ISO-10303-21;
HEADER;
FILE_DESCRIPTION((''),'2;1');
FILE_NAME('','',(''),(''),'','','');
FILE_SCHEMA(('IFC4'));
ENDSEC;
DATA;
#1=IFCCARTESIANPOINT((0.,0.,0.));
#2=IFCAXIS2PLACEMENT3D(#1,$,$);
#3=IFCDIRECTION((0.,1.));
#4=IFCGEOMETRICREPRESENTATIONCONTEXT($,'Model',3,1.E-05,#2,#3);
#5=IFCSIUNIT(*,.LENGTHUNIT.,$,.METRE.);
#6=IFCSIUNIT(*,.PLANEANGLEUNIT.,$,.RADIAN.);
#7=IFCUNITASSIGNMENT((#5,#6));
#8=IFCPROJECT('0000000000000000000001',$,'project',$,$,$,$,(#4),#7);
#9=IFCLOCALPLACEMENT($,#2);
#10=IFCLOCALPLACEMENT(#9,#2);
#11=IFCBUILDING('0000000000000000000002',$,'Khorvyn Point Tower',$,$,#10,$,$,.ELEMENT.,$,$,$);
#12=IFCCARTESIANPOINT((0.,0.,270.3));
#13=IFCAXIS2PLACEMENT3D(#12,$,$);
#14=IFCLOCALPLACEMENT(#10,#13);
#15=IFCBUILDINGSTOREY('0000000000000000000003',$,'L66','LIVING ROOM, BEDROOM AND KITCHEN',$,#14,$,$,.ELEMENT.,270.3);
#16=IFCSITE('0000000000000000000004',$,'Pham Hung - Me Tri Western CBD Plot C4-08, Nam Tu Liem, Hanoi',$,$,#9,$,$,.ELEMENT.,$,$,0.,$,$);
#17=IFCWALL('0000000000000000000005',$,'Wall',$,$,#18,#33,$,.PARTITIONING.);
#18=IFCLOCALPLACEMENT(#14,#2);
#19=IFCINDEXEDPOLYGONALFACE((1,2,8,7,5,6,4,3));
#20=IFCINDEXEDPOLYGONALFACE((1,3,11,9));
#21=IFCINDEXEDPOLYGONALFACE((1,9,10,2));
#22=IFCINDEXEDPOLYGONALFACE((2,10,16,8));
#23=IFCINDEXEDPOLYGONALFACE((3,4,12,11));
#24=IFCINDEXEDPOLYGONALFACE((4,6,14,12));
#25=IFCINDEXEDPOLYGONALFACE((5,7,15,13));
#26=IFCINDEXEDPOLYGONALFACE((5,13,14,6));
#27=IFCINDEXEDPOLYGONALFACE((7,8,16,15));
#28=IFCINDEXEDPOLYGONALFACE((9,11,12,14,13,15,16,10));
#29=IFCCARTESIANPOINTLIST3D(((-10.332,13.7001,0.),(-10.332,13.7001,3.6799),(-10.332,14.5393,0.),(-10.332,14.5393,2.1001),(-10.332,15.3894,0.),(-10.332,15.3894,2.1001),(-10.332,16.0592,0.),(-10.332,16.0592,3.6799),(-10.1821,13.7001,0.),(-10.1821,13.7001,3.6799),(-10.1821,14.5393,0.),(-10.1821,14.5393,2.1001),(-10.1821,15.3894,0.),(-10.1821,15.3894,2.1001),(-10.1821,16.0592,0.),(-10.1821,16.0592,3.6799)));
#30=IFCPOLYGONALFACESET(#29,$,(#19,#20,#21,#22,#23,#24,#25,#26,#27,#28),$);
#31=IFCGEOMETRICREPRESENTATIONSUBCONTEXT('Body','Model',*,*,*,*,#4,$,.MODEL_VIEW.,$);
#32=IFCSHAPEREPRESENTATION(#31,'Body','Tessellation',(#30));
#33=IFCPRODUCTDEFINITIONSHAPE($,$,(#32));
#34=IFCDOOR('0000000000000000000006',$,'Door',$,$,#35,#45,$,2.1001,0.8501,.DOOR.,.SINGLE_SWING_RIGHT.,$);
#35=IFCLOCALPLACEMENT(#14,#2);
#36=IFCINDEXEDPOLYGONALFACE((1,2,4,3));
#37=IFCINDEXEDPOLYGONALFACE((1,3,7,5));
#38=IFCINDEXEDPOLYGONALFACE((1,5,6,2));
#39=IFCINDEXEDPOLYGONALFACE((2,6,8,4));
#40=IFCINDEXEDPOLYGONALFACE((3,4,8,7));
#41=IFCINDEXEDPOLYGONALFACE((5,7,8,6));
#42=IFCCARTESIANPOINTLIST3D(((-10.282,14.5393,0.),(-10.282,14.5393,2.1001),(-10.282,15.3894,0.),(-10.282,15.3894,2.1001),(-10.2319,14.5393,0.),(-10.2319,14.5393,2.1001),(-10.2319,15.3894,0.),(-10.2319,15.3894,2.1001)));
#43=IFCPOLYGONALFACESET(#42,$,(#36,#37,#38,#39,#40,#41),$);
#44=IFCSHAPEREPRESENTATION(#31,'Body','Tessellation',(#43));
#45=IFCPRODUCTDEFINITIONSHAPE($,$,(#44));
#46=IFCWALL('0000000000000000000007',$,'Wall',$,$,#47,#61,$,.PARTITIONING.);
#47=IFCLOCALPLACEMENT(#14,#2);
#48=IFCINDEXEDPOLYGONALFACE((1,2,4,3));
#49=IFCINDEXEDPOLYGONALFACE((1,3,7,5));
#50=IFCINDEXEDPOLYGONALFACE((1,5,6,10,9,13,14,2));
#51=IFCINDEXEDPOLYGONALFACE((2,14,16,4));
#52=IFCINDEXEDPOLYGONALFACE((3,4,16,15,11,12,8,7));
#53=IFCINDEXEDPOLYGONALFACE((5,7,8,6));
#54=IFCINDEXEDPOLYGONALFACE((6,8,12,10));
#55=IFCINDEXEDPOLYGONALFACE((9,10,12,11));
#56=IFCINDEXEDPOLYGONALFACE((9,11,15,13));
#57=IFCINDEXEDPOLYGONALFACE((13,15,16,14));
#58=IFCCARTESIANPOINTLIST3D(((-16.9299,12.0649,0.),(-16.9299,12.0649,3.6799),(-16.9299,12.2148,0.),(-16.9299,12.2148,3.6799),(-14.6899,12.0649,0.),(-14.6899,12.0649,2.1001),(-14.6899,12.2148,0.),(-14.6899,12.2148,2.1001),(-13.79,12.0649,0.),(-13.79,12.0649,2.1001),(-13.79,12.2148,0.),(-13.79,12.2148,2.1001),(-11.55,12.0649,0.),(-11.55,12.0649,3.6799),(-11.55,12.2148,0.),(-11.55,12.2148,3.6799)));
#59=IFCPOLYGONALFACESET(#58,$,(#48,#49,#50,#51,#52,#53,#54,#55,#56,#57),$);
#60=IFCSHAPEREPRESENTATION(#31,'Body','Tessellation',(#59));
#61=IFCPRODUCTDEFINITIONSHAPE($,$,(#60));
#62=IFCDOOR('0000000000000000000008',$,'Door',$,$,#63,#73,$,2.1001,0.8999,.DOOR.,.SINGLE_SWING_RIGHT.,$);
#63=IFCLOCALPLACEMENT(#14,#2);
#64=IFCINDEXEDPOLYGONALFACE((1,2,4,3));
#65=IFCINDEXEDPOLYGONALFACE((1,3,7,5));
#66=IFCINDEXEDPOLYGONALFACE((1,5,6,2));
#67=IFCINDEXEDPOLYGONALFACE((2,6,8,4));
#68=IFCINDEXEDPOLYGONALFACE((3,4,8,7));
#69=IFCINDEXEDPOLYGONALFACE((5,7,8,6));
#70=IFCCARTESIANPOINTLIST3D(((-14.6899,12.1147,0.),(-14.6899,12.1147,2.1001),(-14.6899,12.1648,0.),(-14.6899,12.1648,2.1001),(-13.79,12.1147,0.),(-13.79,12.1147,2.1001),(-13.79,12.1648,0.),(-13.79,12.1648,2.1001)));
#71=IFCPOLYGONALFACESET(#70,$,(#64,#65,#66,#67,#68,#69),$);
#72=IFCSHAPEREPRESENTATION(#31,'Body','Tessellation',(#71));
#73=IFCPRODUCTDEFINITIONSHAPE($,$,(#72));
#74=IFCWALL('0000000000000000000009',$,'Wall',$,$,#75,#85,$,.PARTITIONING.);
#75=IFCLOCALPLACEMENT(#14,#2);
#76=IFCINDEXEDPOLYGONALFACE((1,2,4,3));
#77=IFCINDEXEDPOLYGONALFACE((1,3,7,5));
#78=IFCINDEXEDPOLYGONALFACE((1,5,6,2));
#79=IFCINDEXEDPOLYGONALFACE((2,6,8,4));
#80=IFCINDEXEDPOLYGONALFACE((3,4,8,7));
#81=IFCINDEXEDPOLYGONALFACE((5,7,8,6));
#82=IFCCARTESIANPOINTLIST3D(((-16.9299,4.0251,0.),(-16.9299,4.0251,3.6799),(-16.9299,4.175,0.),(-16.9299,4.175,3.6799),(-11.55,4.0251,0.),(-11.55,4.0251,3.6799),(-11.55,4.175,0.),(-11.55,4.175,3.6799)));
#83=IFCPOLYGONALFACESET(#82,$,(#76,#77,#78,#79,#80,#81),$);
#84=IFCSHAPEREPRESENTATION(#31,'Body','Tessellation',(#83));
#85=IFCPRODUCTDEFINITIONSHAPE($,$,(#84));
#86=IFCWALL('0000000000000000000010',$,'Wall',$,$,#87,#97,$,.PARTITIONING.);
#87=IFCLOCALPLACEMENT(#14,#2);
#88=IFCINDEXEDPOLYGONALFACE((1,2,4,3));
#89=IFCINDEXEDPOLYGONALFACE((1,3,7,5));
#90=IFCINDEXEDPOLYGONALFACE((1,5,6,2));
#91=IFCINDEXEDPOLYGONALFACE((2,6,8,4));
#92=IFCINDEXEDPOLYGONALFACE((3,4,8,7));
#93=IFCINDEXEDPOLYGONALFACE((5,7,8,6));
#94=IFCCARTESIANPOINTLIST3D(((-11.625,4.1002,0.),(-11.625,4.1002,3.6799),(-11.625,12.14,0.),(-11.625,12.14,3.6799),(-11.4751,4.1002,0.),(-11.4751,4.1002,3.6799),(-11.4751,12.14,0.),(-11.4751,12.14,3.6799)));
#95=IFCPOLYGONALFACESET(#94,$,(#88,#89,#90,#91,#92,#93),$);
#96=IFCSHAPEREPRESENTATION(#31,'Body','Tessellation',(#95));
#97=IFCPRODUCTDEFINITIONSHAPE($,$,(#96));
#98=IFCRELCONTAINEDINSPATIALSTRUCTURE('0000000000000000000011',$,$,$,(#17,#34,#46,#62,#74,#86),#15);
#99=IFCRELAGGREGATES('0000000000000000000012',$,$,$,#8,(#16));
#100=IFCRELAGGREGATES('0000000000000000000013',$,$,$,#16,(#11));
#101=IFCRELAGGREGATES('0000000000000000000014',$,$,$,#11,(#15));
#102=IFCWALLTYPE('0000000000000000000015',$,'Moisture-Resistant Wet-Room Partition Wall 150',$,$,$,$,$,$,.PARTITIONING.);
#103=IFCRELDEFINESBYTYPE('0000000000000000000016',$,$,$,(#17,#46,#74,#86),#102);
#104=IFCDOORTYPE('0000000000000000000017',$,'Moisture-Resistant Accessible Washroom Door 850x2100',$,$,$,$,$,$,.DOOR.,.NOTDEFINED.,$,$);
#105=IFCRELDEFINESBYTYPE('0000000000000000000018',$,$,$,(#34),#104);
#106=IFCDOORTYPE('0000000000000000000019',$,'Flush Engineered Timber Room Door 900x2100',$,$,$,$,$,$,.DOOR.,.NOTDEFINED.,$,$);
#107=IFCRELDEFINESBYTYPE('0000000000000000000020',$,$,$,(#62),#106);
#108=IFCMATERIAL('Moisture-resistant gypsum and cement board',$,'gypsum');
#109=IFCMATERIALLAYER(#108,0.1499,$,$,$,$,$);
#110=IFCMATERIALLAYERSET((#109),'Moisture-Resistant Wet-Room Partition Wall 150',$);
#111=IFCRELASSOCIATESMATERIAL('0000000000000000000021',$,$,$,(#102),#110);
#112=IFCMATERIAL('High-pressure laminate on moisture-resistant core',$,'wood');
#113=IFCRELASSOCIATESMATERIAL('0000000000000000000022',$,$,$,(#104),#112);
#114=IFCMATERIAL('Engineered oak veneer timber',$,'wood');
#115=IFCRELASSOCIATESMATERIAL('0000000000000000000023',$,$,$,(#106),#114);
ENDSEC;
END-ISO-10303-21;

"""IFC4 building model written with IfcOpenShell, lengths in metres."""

from ifc_helpers import new_model, si_unit, direction, frame, frame_2d, origin, place, context, subcontext, project, spatial, rectangle, extrude, material, layer, layer_set, type_object, element, fill, save


model = new_model("IFC4")

# Units and contexts
model_context = context("Model", 3, precision=1e-05, world=origin(), true_north=direction((0.0, 1.0)))
body_context = subcontext(model_context, "Body", "Model", "MODEL_VIEW")
ifc_project = project(units=[si_unit("LENGTHUNIT", "METRE"), si_unit("PLANEANGLEUNIT", "RADIAN")], contexts=[model_context])

# Site, building, storey
site_placement = place(None, origin())
site = spatial("IfcSite", under=ifc_project, at=site_placement, Name="Pham Hung - Me Tri Western CBD Plot C4-08, Nam Tu Liem, Hanoi", CompositionType="ELEMENT", RefElevation=0.0)
building_placement = place(site_placement, origin())
building = spatial("IfcBuilding", under=site, at=building_placement, Name="Khorvyn Point Tower", CompositionType="ELEMENT")
storey_placement = place(building_placement, frame((0.0, 0.0, 270.3)))
storey = spatial("IfcBuildingStorey", under=building, at=storey_placement, Name="L66", Description="LIVING ROOM, BEDROOM AND KITCHEN", CompositionType="ELEMENT", Elevation=270.3)

# Walls, openings, doors
ifc_material_1 = material(Name="Moisture-resistant gypsum and cement board", Category="gypsum")
ifc_layer_1 = layer(ifc_material_1, 0.1499)
ifc_layer_set_1 = layer_set([ifc_layer_1], Name="Moisture-Resistant Wet-Room Partition Wall 150")
wall_type_1 = type_object("IfcWallType", Name="Moisture-Resistant Wet-Room Partition Wall 150", PredefinedType="PARTITIONING", material=ifc_layer_set_1)
wall_1_placement = place(storey_placement, frame((-10.2571, 13.7, 0.0), z_axis=(0.0, 0.0, 1.0), x_axis=(0.0, 1.0, 0.0)))
wall_1 = element("IfcWall", 1, at=wall_1_placement, inside=storey, type_object=wall_type_1, Name="Wall", PredefinedType="PARTITIONING", context=body_context, shape_type="SweptSolid", body=[
    extrude(rectangle(XDim=2.3591, YDim=0.1499, at=frame_2d((1.1797, 0.0))), origin(), (0.0, 0.0, 1.0), 3.6799),
])
opening_1_placement = place(wall_1_placement, frame((0.8394, 0.0, 0.0)))
opening_1 = element("IfcOpeningElement", 2, at=opening_1_placement, cuts=wall_1, PredefinedType="OPENING", context=body_context, shape_type="SweptSolid", body=[
    extrude(rectangle(XDim=0.8501, YDim=2.1001, at=frame_2d((0.425, 1.05))), frame((0.0, 0.085, 0.0), z_axis=(0.0, -1.0, 0.0), x_axis=(1.0, 0.0, 0.0)), (0.0, 0.0, 1.0), 0.1699),
])
ifc_material_2 = material(Name="High-pressure laminate on moisture-resistant core", Category="wood")
door_type_1 = type_object("IfcDoorType", Name="Moisture-Resistant Accessible Washroom Door 850x2100", OperationType="NOTDEFINED", PredefinedType="DOOR", material=ifc_material_2)
door_1_placement = place(opening_1_placement, origin())
door_1 = element("IfcDoor", 3, at=door_1_placement, inside=storey, type_object=door_type_1, Name="Door", OperationType="SINGLE_SWING_RIGHT", OverallHeight=2.1001, OverallWidth=0.8501, PredefinedType="DOOR", context=body_context, shape_type="SweptSolid", body=[
    extrude(rectangle(XDim=0.8501, YDim=2.1001, at=frame_2d((0.425, 1.05))), frame((0.0, 0.0249, 0.0), z_axis=(0.0, -1.0, 0.0), x_axis=(1.0, 0.0, 0.0)), (0.0, 0.0, 1.0), 0.05),
])
fill(opening_1, door_1)
wall_2_placement = place(storey_placement, frame((-16.9299, 12.1399, 0.0), z_axis=(0.0, 0.0, 1.0), x_axis=(1.0, 0.0, 0.0)))
wall_2 = element("IfcWall", 4, at=wall_2_placement, inside=storey, type_object=wall_type_1, Name="Wall", PredefinedType="PARTITIONING", context=body_context, shape_type="SweptSolid", body=[
    extrude(rectangle(XDim=5.3799, YDim=0.1499, at=frame_2d((2.6899, 0.0))), origin(), (0.0, 0.0, 1.0), 3.6799),
])
opening_2_placement = place(wall_2_placement, frame((2.24, 0.0, 0.0)))
opening_2 = element("IfcOpeningElement", 5, at=opening_2_placement, cuts=wall_2, PredefinedType="OPENING", context=body_context, shape_type="SweptSolid", body=[
    extrude(rectangle(XDim=0.8999, YDim=2.1001, at=frame_2d((0.45, 1.05))), frame((0.0, 0.085, 0.0), z_axis=(0.0, -1.0, 0.0), x_axis=(1.0, 0.0, 0.0)), (0.0, 0.0, 1.0), 0.1699),
])
ifc_material_3 = material(Name="Engineered oak veneer timber", Category="wood")
door_type_2 = type_object("IfcDoorType", Name="Flush Engineered Timber Room Door 900x2100", OperationType="NOTDEFINED", PredefinedType="DOOR", material=ifc_material_3)
door_2_placement = place(opening_2_placement, origin())
door_2 = element("IfcDoor", 6, at=door_2_placement, inside=storey, type_object=door_type_2, Name="Door", OperationType="SINGLE_SWING_RIGHT", OverallHeight=2.1001, OverallWidth=0.8999, PredefinedType="DOOR", context=body_context, shape_type="SweptSolid", body=[
    extrude(rectangle(XDim=0.8999, YDim=2.1001, at=frame_2d((0.45, 1.05))), frame((0.0, 0.0249, 0.0), z_axis=(0.0, -1.0, 0.0), x_axis=(1.0, 0.0, 0.0)), (0.0, 0.0, 1.0), 0.05),
])
fill(opening_2, door_2)

# Walls
wall_3_placement = place(storey_placement, frame((-16.9299, 4.1001, 0.0), z_axis=(0.0, 0.0, 1.0), x_axis=(1.0, 0.0, 0.0)))
element("IfcWall", 7, at=wall_3_placement, inside=storey, type_object=wall_type_1, Name="Wall", PredefinedType="PARTITIONING", context=body_context, shape_type="SweptSolid", body=[
    extrude(rectangle(XDim=5.3799, YDim=0.1499, at=frame_2d((2.6899, 0.0))), origin(), (0.0, 0.0, 1.0), 3.6799),
])
wall_4_placement = place(storey_placement, frame((-11.55, 4.1001, 0.0), z_axis=(0.0, 0.0, 1.0), x_axis=(0.0, 1.0, 0.0)))
element("IfcWall", 8, at=wall_4_placement, inside=storey, type_object=wall_type_1, Name="Wall", PredefinedType="PARTITIONING", context=body_context, shape_type="SweptSolid", body=[
    extrude(rectangle(XDim=8.0398, YDim=0.1499, at=frame_2d((4.02, 0.0))), origin(), (0.0, 0.0, 1.0), 3.6799),
])

save(model, "model.ifc")
